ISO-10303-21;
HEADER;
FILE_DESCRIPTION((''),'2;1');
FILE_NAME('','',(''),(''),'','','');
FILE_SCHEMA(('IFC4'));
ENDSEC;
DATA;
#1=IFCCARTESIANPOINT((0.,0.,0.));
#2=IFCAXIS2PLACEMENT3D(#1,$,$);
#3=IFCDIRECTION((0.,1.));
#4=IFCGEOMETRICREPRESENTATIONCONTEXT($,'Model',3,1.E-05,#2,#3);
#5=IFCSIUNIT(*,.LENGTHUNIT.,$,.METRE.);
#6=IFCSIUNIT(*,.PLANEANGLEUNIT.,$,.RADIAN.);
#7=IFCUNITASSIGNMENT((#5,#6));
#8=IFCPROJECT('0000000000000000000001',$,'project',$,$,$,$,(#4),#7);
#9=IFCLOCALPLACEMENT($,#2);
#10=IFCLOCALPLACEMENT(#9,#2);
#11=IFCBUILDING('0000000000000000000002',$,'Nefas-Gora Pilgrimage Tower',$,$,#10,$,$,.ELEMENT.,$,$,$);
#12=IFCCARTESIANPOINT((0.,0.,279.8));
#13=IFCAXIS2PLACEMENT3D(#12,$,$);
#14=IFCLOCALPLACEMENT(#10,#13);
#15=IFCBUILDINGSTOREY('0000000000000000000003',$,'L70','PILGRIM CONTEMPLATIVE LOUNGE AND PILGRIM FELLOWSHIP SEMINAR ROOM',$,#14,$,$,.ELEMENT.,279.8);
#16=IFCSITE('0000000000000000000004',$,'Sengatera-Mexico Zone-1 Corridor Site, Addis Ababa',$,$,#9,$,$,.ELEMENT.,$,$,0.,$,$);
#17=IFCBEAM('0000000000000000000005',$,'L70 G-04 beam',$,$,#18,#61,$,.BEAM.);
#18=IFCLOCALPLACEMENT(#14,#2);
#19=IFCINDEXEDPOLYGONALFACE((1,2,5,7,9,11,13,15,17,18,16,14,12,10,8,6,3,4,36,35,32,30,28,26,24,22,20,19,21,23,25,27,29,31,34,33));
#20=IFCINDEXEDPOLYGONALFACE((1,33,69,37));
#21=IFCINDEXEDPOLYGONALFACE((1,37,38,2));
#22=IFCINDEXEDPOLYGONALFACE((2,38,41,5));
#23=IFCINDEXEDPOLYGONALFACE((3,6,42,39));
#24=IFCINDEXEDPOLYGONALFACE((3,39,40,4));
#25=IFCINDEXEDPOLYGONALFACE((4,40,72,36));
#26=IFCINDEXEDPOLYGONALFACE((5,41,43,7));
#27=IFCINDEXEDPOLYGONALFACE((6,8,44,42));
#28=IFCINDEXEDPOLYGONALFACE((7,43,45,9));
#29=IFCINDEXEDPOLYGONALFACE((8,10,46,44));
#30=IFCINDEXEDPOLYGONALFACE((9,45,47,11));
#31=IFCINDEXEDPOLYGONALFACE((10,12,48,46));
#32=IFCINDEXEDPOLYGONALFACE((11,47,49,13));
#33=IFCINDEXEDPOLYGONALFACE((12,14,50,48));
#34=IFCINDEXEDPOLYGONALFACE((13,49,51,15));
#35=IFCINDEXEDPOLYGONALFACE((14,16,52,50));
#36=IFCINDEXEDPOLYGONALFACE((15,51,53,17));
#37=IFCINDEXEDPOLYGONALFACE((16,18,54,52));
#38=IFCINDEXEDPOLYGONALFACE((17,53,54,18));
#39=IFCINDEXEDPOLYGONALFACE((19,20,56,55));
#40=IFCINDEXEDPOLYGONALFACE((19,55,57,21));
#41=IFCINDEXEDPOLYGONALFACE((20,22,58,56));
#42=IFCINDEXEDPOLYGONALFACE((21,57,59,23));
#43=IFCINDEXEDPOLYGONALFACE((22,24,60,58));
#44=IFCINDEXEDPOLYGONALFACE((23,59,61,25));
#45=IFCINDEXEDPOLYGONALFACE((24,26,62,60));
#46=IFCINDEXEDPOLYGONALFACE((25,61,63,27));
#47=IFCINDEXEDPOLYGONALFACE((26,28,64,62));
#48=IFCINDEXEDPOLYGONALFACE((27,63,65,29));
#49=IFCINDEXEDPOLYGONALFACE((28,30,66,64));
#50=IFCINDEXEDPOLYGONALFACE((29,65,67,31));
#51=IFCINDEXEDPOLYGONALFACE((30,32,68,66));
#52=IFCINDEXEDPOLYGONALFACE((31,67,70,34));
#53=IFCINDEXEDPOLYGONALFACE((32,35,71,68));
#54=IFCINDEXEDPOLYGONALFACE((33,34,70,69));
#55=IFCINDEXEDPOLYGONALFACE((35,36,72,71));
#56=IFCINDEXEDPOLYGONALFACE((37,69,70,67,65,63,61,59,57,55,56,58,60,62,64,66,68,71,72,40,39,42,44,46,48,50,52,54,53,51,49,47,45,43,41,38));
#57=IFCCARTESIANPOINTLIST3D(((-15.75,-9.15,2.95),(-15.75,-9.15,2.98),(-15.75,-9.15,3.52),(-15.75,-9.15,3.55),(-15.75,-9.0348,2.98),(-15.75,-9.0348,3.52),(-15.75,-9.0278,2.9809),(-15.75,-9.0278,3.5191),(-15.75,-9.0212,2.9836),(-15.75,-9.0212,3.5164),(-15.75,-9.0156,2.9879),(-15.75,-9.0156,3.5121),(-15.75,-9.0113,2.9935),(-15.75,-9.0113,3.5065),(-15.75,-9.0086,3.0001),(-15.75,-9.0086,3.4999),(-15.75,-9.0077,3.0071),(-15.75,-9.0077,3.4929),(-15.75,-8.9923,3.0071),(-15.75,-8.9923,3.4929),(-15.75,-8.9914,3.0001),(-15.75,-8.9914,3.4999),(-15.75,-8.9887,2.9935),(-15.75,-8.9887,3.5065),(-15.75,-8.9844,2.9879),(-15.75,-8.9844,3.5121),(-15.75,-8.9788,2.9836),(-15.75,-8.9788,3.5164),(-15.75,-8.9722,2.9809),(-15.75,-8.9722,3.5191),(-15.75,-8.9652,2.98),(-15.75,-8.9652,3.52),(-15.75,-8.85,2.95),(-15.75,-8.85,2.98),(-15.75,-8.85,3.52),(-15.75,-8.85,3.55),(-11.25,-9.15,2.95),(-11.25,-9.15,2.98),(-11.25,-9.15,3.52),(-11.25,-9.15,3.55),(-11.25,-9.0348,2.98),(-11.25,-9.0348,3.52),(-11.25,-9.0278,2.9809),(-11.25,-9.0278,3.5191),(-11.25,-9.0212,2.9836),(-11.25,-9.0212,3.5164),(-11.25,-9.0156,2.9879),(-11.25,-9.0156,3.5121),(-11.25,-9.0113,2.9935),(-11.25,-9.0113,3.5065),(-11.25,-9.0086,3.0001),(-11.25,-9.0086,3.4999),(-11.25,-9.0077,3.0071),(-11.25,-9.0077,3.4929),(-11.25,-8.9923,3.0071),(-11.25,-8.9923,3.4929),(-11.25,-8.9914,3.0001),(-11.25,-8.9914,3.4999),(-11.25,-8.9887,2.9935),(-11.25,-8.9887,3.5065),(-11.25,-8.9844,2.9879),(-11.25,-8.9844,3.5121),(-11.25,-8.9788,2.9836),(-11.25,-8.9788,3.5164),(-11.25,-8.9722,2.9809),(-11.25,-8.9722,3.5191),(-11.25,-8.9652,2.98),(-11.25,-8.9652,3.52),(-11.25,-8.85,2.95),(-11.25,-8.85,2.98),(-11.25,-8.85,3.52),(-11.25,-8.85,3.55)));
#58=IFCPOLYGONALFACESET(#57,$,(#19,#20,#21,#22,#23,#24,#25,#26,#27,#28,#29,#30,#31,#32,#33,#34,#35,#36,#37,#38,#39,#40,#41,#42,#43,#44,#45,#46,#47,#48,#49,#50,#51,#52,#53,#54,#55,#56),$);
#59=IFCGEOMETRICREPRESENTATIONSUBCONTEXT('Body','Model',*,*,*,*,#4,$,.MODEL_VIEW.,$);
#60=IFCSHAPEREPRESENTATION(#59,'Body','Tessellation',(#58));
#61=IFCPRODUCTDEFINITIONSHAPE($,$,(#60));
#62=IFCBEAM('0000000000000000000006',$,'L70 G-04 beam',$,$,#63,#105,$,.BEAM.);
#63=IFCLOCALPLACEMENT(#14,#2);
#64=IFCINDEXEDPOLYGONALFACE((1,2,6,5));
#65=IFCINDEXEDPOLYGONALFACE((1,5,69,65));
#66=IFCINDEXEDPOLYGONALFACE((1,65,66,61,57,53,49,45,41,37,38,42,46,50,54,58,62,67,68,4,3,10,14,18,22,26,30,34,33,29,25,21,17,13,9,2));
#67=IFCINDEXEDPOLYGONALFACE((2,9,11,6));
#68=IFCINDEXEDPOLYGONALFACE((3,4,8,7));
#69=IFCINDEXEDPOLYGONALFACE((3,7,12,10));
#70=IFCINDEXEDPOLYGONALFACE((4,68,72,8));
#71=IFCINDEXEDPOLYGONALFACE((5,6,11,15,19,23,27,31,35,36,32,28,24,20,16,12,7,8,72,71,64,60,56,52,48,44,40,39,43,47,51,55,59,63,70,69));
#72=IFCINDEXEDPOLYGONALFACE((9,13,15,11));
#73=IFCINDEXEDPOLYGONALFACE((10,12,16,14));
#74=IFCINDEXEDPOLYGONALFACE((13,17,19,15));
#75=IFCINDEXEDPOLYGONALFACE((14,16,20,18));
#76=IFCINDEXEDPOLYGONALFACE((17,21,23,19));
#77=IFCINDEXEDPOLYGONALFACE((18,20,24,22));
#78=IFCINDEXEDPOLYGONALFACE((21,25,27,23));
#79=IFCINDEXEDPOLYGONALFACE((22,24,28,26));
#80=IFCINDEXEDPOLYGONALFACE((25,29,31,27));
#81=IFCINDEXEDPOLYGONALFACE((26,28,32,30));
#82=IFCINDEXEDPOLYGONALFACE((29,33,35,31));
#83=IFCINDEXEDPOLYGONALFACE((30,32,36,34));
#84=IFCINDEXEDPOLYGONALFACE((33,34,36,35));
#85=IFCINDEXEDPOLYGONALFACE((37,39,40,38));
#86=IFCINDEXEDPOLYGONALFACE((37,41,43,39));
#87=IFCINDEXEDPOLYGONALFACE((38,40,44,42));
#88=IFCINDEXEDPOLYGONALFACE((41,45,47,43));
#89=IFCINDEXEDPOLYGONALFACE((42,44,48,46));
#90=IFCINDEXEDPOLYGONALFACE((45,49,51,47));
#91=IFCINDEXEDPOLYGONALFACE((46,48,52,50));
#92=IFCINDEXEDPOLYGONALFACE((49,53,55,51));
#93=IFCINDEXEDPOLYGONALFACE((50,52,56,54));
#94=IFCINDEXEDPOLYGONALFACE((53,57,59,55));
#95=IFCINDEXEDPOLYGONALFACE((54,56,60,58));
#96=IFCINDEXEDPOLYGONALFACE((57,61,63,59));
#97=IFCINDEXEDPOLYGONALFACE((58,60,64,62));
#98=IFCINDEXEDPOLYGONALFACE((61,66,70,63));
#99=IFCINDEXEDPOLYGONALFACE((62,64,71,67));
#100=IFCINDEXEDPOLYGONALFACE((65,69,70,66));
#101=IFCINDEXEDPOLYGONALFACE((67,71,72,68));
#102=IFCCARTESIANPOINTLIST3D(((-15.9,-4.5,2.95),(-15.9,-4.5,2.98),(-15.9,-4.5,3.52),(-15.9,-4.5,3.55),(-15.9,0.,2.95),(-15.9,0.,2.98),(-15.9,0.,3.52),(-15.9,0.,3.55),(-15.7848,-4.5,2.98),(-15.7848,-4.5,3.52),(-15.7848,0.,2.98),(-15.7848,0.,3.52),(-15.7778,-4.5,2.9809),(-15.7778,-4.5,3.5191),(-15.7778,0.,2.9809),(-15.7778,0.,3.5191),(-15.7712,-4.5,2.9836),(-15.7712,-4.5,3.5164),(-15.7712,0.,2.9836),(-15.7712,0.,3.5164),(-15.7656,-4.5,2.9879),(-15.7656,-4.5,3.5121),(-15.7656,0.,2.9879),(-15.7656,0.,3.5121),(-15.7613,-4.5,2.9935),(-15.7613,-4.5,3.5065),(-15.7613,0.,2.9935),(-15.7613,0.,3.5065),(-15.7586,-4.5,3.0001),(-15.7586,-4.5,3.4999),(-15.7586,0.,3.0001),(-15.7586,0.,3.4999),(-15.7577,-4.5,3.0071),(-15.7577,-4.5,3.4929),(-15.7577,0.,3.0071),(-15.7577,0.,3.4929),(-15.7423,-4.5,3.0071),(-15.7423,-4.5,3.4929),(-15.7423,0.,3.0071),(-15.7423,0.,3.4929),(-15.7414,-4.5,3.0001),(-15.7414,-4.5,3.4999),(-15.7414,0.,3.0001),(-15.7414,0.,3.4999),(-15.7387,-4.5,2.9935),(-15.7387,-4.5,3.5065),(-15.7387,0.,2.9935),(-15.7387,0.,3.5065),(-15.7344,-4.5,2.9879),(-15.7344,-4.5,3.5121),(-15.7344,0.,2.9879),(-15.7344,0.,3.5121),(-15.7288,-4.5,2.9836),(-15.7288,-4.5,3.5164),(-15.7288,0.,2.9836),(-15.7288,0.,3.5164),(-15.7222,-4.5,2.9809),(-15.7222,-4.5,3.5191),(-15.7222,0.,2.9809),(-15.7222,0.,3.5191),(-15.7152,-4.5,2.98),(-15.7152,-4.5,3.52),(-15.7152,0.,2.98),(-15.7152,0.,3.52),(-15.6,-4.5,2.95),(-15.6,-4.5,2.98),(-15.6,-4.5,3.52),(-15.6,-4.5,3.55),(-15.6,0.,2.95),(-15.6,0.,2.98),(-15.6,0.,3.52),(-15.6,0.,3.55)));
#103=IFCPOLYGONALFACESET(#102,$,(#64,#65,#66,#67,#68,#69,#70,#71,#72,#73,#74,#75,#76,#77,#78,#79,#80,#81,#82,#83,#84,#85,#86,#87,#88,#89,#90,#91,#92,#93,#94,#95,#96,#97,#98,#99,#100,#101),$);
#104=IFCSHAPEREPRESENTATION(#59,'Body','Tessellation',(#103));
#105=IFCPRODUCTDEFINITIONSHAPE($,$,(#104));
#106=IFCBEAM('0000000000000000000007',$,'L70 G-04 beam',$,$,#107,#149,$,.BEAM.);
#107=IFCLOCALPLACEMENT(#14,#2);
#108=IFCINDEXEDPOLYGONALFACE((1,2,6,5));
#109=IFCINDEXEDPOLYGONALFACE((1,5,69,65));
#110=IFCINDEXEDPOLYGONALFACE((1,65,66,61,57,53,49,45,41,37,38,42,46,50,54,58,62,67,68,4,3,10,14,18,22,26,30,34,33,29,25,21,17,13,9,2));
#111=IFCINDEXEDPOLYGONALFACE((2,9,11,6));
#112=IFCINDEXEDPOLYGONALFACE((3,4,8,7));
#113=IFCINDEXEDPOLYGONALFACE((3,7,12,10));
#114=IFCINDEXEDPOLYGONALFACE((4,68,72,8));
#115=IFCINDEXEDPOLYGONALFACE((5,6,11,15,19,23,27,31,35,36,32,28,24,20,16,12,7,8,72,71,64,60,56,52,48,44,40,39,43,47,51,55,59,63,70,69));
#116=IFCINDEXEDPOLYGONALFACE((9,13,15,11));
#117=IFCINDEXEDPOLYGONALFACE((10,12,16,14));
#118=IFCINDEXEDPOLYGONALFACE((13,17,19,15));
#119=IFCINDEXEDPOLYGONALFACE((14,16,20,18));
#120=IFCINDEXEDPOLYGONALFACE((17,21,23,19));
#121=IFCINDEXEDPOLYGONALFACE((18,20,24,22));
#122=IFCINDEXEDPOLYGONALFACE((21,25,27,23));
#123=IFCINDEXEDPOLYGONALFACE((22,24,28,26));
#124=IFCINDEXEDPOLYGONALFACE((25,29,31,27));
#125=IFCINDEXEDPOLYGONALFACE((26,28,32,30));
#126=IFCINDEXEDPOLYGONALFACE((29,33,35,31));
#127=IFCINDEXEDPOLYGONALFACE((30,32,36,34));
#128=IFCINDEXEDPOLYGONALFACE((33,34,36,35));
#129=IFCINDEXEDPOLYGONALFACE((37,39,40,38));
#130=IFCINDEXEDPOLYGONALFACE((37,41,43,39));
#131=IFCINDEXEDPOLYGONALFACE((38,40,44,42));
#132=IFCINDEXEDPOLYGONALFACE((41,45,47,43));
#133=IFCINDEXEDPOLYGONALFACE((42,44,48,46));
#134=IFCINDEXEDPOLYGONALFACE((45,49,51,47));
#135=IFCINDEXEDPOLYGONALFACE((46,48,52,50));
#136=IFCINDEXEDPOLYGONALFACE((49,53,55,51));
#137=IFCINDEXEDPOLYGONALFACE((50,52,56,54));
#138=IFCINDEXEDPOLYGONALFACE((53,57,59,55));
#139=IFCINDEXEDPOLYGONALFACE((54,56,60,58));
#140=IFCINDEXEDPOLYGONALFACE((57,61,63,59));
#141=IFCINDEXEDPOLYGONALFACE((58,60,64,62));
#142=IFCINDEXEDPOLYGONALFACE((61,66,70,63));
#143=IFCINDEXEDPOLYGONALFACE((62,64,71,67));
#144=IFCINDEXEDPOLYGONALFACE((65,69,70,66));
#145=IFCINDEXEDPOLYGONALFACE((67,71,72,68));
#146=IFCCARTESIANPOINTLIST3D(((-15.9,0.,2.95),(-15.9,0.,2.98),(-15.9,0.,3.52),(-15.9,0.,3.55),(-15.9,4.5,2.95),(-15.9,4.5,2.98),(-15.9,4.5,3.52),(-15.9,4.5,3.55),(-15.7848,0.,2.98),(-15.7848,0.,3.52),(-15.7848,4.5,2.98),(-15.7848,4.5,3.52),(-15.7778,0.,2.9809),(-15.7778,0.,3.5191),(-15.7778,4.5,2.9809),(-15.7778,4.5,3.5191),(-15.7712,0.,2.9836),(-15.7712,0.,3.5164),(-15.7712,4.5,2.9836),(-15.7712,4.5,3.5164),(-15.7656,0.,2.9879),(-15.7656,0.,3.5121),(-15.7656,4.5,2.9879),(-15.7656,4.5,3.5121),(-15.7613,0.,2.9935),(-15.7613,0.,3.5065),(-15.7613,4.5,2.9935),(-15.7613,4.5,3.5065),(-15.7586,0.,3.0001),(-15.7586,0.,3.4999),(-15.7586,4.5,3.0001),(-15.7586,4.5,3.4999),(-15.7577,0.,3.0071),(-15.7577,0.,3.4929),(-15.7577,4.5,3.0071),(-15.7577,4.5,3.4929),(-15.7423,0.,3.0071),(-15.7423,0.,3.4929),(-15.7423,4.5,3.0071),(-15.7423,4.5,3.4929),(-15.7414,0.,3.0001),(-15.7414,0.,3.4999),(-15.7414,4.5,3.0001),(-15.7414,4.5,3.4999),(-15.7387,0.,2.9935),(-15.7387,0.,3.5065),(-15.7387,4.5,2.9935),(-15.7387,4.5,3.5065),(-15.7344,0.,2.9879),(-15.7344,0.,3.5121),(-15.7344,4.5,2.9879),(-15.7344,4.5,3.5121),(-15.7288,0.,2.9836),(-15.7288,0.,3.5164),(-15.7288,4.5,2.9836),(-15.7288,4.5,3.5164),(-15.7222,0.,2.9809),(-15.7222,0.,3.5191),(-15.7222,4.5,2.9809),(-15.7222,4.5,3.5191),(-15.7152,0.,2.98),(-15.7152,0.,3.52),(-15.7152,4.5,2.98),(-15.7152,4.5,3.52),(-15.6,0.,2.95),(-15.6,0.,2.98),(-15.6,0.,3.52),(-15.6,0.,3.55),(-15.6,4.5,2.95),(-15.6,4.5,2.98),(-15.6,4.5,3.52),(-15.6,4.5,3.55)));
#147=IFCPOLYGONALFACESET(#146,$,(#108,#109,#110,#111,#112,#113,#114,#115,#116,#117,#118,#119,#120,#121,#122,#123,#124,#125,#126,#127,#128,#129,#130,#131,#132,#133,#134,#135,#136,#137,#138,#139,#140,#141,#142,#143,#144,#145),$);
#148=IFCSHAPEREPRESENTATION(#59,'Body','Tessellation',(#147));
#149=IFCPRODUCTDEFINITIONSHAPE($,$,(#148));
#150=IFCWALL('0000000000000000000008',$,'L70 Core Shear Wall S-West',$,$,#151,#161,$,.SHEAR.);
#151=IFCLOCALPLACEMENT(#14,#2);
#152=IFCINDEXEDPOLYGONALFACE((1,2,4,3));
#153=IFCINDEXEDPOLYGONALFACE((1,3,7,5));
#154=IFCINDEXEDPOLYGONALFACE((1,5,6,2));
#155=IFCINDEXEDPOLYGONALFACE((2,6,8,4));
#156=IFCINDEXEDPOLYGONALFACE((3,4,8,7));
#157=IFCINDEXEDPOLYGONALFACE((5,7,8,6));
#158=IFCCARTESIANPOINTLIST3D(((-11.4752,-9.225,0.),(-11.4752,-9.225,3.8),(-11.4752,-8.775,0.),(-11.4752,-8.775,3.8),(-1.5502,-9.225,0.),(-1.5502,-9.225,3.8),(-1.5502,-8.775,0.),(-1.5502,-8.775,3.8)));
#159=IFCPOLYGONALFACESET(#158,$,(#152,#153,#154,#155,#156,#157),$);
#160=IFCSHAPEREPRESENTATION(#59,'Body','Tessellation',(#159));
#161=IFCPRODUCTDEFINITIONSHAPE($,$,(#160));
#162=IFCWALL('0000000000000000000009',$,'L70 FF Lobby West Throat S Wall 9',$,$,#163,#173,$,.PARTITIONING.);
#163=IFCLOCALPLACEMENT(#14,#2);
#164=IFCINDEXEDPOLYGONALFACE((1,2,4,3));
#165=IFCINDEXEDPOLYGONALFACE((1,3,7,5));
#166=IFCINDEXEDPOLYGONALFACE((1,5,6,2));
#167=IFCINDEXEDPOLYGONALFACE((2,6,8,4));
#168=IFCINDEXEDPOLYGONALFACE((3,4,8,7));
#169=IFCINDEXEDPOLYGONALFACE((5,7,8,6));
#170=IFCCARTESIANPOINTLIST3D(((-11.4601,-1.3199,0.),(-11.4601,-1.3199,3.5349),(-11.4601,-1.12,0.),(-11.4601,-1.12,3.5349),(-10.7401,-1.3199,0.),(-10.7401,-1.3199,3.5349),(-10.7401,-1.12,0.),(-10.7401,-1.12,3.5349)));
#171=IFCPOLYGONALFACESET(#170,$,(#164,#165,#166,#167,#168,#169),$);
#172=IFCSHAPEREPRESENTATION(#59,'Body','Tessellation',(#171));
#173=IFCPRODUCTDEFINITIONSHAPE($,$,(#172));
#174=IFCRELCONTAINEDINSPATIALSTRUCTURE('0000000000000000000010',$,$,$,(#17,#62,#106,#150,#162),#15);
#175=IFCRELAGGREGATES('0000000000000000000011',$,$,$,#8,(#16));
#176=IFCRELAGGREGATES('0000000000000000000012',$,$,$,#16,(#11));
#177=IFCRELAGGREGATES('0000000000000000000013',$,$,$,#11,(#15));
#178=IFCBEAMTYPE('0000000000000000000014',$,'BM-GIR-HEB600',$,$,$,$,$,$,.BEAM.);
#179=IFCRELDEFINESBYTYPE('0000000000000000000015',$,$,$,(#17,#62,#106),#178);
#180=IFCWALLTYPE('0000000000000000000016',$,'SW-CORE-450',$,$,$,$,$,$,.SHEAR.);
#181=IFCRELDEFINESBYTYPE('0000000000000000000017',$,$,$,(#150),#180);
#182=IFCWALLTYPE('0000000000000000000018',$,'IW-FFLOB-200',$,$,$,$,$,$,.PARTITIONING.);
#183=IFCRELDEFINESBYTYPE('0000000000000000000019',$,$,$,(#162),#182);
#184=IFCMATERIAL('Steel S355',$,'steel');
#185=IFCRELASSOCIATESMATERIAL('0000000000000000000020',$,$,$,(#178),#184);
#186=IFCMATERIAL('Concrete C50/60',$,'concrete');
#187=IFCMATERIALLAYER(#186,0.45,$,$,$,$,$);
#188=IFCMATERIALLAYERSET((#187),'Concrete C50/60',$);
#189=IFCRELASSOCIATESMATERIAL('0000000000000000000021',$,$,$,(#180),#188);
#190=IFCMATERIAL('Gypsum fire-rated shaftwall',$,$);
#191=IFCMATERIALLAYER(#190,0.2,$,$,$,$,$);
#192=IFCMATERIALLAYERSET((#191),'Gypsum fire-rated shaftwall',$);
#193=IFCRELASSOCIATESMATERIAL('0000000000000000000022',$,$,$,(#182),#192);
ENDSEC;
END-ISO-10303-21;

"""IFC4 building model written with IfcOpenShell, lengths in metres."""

from ifc_helpers import new_model, si_unit, direction, frame, frame_2d, origin, origin_2d, place, context, subcontext, project, spatial, rectangle, i_section, extrude, source, transform, mapped, material, layer, layer_set, material_profile, profile_set, type_object, element, save


model = new_model("IFC4")

# Units and contexts
model_context = context("Model", 3, precision=1e-05, world=origin(), true_north=direction((0.0, 1.0)))
body_context = subcontext(model_context, "Body", "Model", "MODEL_VIEW")
ifc_project = project(units=[si_unit("LENGTHUNIT", "METRE"), si_unit("PLANEANGLEUNIT", "RADIAN")], contexts=[model_context])

# Site, building, storey
site_placement = place(None, origin())
site = spatial("IfcSite", under=ifc_project, at=site_placement, Name="Sengatera-Mexico Zone-1 Corridor Site, Addis Ababa", CompositionType="ELEMENT", RefElevation=0.0)
building_placement = place(site_placement, origin())
building = spatial("IfcBuilding", under=site, at=building_placement, Name="Nefas-Gora Pilgrimage Tower", CompositionType="ELEMENT")
storey_placement = place(building_placement, frame((0.0, 0.0, 279.8)))
storey = spatial("IfcBuildingStorey", under=building, at=storey_placement, Name="L70", Description="PILGRIM CONTEMPLATIVE LOUNGE AND PILGRIM FELLOWSHIP SEMINAR ROOM", CompositionType="ELEMENT", Elevation=279.8)

# Shared definitions
ifc_material_1 = material(Name="Steel S355", Category="steel")

# Beams
ifc_material_profile_1 = material_profile(ifc_material_1, i_section(OverallWidth=0.3, OverallDepth=0.6001, WebThickness=0.0154, FlangeThickness=0.03, FilletRadius=0.0271, at=origin_2d()), Name="HEB 600")
ifc_profile_set_1 = profile_set([ifc_material_profile_1], Name="Steel S355")
beam_type_1 = type_object("IfcBeamType", Name="BM-GIR-HEB600", PredefinedType="BEAM", material=ifc_profile_set_1)
shared_shape_1 = source(origin(), body_context, "Body", "SweptSolid", [
    extrude(i_section(OverallWidth=0.3, OverallDepth=0.6001, WebThickness=0.0154, FlangeThickness=0.03, FilletRadius=0.0271, at=origin_2d()), origin(), (0.0, 0.0, 1.0), 4.5),
])
for number, where, z_axis, x_axis, name in (
    (1, (-15.75, -9.0, 3.25), (1.0, 0.0, 0.0), (0.0, 1.0, 0.0), "L70 G-04 beam"),
    (2, (-15.75, -4.5, 3.25), (0.0, 1.0, 0.0), (-1.0, 0.0, 0.0), "L70 G-04 beam"),
    (3, (-15.75, 0.0, 3.25), (0.0, 1.0, 0.0), (-1.0, 0.0, 0.0), "L70 G-04 beam"),
):
    element("IfcBeam", number, at=place(storey_placement, frame(where, z_axis=z_axis, x_axis=x_axis)), inside=storey, type_object=beam_type_1, Name=name, PredefinedType="BEAM", context=body_context, shape_type="MappedRepresentation", body=[
        mapped(shared_shape_1, transform((0.0, 0.0, 0.0), x_axis=(1.0, 0.0, 0.0), y_axis=(0.0, 1.0, 0.0), z_axis=(0.0, 0.0, 1.0), scale=1.0)),
    ])

# Walls
ifc_material_2 = material(Name="Concrete C50/60", Category="concrete")
ifc_layer_1 = layer(ifc_material_2, 0.45)
ifc_layer_set_1 = layer_set([ifc_layer_1], Name="Concrete C50/60")
wall_type_1 = type_object("IfcWallType", Name="SW-CORE-450", PredefinedType="SHEAR", material=ifc_layer_set_1)
shared_shape_2 = source(origin(), body_context, "Body", "SweptSolid", [
    extrude(rectangle(XDim=9.925, YDim=0.45, at=frame_2d((4.9624, 0.0))), origin(), (0.0, 0.0, 1.0), 3.8),
])
wall_1_placement = place(storey_placement, frame((-11.4751, -9.0, 0.0), z_axis=(0.0, 0.0, 1.0), x_axis=(1.0, 0.0, 0.0)))
element("IfcWall", 4, at=wall_1_placement, inside=storey, type_object=wall_type_1, Name="L70 Core Shear Wall S-West", PredefinedType="SHEAR", context=body_context, shape_type="MappedRepresentation", body=[
    mapped(shared_shape_2, transform((0.0, 0.0, 0.0), x_axis=(1.0, 0.0, 0.0), y_axis=(0.0, 1.0, 0.0), z_axis=(0.0, 0.0, 1.0), scale=1.0)),
])
ifc_material_3 = material(Name="Gypsum fire-rated shaftwall")
ifc_layer_2 = layer(ifc_material_3, 0.2)
ifc_layer_set_2 = layer_set([ifc_layer_2], Name="Gypsum fire-rated shaftwall")
wall_type_2 = type_object("IfcWallType", Name="IW-FFLOB-200", PredefinedType="PARTITIONING", material=ifc_layer_set_2)
shared_shape_3 = source(origin(), body_context, "Body", "SweptSolid", [
    extrude(rectangle(XDim=0.72, YDim=0.2, at=frame_2d((0.3599, 0.0))), origin(), (0.0, 0.0, 1.0), 3.5349),
])
wall_2_placement = place(storey_placement, frame((-11.46, -1.22, 0.0), z_axis=(0.0, 0.0, 1.0), x_axis=(1.0, 0.0, 0.0)))
element("IfcWall", 5, at=wall_2_placement, inside=storey, type_object=wall_type_2, Name="L70 FF Lobby West Throat S Wall 9", PredefinedType="PARTITIONING", context=body_context, shape_type="MappedRepresentation", body=[
    mapped(shared_shape_3, transform((0.0, 0.0, 0.0), x_axis=(1.0, 0.0, 0.0), y_axis=(0.0, 1.0, 0.0), z_axis=(0.0, 0.0, 1.0), scale=1.0)),
])

save(model, "model.ifc")
